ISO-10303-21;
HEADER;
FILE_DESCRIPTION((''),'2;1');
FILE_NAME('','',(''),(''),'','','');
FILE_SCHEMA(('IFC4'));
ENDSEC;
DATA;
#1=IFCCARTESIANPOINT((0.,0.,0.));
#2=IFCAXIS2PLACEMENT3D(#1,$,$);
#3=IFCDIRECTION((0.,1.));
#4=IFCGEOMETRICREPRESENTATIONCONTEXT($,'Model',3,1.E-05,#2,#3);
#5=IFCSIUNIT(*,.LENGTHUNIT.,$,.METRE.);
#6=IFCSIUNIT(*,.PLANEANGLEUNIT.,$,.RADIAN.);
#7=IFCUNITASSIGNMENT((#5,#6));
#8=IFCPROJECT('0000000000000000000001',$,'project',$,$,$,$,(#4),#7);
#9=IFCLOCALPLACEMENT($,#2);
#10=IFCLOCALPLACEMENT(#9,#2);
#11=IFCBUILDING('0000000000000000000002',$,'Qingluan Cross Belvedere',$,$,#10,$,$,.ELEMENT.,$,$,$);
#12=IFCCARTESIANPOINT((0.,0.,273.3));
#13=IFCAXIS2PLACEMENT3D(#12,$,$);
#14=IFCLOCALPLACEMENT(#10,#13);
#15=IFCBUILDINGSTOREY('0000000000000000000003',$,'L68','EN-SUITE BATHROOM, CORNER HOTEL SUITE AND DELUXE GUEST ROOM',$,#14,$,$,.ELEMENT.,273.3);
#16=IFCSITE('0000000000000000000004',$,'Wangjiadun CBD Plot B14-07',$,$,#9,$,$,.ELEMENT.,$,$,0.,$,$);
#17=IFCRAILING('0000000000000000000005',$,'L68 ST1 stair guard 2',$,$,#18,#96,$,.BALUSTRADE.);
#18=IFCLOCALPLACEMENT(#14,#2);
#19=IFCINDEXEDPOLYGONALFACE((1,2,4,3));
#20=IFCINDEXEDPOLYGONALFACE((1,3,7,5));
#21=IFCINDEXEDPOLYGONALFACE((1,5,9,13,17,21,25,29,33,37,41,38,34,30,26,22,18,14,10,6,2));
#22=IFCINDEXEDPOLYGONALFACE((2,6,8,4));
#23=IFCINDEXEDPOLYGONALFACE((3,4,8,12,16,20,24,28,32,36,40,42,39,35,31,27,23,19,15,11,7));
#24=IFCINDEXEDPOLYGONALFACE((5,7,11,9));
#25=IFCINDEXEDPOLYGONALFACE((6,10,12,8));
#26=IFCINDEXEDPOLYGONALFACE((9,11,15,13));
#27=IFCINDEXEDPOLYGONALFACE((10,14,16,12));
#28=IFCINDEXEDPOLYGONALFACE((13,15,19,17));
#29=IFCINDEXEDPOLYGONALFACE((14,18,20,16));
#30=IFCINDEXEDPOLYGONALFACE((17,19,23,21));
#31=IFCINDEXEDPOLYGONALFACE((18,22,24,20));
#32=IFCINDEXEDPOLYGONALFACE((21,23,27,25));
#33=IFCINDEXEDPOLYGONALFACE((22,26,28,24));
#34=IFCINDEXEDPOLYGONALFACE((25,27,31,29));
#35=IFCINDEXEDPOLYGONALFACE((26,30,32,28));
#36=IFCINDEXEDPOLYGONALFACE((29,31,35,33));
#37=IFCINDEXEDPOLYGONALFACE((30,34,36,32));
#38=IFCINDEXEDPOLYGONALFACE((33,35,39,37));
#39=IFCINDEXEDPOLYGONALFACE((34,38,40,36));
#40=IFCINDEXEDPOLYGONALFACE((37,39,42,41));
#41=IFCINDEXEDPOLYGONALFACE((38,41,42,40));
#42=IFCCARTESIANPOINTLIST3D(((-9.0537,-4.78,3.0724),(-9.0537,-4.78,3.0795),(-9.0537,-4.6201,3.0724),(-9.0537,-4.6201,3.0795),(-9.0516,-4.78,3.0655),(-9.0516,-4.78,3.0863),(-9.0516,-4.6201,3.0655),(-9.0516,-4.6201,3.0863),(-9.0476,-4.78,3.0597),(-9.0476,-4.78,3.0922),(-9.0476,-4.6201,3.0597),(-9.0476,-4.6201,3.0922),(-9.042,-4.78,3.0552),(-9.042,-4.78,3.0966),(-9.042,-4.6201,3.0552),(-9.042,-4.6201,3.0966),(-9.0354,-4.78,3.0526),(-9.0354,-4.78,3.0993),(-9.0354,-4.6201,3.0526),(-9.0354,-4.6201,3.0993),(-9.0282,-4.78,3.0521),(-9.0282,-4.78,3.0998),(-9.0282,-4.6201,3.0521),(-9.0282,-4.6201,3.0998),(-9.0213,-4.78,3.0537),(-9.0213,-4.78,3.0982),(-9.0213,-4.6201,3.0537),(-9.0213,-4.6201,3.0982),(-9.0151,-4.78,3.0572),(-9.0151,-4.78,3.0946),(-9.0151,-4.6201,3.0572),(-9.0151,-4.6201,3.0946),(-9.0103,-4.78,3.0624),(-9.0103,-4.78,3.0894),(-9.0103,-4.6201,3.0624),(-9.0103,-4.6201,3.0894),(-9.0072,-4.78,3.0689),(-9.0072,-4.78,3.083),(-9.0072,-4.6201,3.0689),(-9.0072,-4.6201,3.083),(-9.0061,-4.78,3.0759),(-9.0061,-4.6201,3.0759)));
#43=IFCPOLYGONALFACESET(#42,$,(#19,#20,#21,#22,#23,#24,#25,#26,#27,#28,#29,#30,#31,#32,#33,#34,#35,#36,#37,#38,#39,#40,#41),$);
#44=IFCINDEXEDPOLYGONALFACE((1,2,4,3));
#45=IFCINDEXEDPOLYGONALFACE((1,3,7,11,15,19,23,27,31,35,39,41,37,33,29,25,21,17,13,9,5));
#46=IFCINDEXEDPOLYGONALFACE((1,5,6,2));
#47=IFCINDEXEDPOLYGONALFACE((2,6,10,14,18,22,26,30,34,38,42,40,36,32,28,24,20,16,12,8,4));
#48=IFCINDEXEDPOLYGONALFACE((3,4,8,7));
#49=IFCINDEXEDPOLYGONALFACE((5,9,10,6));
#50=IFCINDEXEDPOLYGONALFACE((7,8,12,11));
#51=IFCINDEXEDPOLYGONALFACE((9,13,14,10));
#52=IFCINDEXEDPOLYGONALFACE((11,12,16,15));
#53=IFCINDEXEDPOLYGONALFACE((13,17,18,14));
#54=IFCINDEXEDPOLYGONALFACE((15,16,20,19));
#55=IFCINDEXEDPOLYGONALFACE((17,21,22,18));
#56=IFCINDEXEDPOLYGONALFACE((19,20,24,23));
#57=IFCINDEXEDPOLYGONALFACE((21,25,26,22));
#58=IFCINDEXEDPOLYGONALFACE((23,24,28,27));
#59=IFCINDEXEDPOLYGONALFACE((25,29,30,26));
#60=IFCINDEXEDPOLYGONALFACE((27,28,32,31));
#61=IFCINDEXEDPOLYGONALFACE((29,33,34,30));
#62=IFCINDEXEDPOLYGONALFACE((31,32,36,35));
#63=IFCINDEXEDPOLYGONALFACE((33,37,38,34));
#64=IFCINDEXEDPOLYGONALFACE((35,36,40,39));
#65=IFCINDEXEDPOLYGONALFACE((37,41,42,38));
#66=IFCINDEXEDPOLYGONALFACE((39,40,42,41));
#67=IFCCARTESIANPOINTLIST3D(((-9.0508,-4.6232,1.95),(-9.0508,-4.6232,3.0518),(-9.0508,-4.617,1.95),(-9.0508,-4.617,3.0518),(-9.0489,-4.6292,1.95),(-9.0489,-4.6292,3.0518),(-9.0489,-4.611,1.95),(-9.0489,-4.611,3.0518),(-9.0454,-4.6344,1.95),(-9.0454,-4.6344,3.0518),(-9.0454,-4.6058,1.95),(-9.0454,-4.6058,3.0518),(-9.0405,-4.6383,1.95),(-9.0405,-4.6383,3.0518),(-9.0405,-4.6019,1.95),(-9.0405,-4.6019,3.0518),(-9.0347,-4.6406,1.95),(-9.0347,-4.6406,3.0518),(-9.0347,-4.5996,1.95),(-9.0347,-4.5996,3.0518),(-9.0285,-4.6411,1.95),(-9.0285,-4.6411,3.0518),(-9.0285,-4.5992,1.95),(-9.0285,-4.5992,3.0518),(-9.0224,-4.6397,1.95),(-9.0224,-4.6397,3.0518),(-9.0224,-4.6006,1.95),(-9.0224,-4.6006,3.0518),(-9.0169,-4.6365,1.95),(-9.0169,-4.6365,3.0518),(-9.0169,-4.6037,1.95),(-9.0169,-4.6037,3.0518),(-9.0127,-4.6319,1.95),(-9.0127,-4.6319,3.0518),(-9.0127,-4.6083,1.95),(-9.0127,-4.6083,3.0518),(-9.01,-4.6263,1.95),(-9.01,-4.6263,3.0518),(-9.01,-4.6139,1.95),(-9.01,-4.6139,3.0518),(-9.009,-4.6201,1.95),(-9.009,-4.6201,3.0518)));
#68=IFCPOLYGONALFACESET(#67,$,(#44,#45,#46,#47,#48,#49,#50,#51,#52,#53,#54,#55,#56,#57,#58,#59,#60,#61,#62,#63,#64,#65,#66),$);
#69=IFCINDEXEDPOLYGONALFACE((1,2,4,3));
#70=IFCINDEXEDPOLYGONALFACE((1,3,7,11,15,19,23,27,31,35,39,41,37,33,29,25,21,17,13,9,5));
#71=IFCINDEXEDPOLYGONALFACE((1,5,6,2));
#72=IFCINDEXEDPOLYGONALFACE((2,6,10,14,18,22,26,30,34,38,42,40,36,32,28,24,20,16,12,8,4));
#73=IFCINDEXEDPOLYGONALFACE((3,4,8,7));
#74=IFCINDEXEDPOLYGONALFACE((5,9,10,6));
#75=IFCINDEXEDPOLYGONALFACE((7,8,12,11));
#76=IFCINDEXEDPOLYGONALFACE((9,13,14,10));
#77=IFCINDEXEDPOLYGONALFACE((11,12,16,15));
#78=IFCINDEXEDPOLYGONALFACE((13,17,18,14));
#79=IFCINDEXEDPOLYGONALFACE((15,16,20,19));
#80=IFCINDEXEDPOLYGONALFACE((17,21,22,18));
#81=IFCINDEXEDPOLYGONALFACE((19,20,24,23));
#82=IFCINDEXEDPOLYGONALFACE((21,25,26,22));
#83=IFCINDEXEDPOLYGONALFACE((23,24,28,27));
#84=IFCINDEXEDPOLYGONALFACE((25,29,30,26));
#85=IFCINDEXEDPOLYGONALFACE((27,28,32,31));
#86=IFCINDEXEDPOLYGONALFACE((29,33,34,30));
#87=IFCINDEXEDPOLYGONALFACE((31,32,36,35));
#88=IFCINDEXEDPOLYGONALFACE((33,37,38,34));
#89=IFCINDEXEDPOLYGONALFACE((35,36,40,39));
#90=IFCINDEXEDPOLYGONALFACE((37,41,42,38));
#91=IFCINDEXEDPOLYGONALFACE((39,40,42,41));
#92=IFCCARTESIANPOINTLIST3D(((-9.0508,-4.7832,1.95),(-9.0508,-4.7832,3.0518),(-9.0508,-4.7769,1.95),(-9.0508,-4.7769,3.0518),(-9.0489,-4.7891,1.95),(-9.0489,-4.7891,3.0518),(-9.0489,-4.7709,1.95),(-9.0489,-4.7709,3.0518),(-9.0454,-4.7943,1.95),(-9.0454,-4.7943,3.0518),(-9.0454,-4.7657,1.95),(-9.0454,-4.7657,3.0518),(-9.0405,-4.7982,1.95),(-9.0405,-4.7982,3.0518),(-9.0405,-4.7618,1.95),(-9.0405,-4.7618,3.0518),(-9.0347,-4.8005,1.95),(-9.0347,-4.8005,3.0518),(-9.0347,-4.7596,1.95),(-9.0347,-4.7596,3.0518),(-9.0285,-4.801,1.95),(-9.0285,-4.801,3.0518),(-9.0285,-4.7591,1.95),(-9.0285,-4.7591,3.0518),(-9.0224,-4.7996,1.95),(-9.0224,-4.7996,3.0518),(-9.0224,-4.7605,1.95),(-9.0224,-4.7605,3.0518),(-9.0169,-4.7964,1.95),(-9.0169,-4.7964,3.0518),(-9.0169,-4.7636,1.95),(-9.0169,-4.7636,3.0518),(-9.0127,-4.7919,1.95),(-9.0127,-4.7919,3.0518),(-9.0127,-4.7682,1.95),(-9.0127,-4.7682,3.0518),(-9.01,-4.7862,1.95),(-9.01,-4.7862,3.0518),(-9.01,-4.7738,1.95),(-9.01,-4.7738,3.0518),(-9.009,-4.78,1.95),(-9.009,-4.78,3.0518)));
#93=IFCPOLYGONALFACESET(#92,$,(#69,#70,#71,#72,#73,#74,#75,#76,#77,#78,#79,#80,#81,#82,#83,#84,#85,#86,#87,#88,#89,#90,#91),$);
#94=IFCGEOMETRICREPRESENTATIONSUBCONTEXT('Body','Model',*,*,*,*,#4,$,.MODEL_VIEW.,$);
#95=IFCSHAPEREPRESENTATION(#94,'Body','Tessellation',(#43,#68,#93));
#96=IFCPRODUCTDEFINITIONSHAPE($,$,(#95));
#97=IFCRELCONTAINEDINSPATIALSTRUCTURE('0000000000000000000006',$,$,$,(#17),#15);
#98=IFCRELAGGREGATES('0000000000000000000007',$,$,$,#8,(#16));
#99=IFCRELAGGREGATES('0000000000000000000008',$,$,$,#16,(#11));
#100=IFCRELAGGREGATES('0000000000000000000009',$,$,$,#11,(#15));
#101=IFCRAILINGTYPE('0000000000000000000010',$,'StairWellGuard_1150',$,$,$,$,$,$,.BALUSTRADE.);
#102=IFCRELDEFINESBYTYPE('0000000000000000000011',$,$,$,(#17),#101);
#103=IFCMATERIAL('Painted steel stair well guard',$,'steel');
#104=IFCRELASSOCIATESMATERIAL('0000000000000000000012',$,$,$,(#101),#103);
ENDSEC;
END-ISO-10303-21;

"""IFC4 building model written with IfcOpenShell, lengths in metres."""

from ifc_helpers import new_model, si_unit, direction, frame, origin, origin_2d, place, context, subcontext, project, spatial, circle, extrude, material, type_object, element, save


model = new_model("IFC4")

# Units and contexts
model_context = context("Model", 3, precision=1e-05, world=origin(), true_north=direction((0.0, 1.0)))
body_context = subcontext(model_context, "Body", "Model", "MODEL_VIEW")
ifc_project = project(units=[si_unit("LENGTHUNIT", "METRE"), si_unit("PLANEANGLEUNIT", "RADIAN")], contexts=[model_context])

# Site, building, storey
site_placement = place(None, origin())
site = spatial("IfcSite", under=ifc_project, at=site_placement, Name="Wangjiadun CBD Plot B14-07", CompositionType="ELEMENT", RefElevation=0.0)
building_placement = place(site_placement, origin())
building = spatial("IfcBuilding", under=site, at=building_placement, Name="Qingluan Cross Belvedere", CompositionType="ELEMENT")
storey_placement = place(building_placement, frame((0.0, 0.0, 273.3)))
storey = spatial("IfcBuildingStorey", under=building, at=storey_placement, Name="L68", Description="EN-SUITE BATHROOM, CORNER HOTEL SUITE AND DELUXE GUEST ROOM", CompositionType="ELEMENT", Elevation=273.3)

# Railing
ifc_material_1 = material(Name="Painted steel stair well guard", Category="steel")
railing_type_1 = type_object("IfcRailingType", Name="StairWellGuard_1150", PredefinedType="BALUSTRADE", material=ifc_material_1)
railing_1_placement = place(storey_placement, frame((-9.03, -4.6201, 1.95)))
element("IfcRailing", 1, at=railing_1_placement, inside=storey, type_object=railing_type_1, Name="L68 ST1 stair guard 2", PredefinedType="BALUSTRADE", context=body_context, shape_type="SweptSolid", body=[
    extrude(circle(Radius=0.0239, at=origin_2d()), frame((0.0, 0.0, 1.126), z_axis=(0.0, -1.0, 0.0), x_axis=(1.0, 0.0, 0.0)), (0.0, 0.0, 1.0), 0.1599),
    extrude(circle(Radius=0.021, at=origin_2d()), origin(), (0.0, 0.0, 1.0), 1.1018),
    extrude(circle(Radius=0.021, at=origin_2d()), frame((0.0, -0.1599, 0.0)), (0.0, 0.0, 1.0), 1.1018),
])

save(model, "model.ifc")
